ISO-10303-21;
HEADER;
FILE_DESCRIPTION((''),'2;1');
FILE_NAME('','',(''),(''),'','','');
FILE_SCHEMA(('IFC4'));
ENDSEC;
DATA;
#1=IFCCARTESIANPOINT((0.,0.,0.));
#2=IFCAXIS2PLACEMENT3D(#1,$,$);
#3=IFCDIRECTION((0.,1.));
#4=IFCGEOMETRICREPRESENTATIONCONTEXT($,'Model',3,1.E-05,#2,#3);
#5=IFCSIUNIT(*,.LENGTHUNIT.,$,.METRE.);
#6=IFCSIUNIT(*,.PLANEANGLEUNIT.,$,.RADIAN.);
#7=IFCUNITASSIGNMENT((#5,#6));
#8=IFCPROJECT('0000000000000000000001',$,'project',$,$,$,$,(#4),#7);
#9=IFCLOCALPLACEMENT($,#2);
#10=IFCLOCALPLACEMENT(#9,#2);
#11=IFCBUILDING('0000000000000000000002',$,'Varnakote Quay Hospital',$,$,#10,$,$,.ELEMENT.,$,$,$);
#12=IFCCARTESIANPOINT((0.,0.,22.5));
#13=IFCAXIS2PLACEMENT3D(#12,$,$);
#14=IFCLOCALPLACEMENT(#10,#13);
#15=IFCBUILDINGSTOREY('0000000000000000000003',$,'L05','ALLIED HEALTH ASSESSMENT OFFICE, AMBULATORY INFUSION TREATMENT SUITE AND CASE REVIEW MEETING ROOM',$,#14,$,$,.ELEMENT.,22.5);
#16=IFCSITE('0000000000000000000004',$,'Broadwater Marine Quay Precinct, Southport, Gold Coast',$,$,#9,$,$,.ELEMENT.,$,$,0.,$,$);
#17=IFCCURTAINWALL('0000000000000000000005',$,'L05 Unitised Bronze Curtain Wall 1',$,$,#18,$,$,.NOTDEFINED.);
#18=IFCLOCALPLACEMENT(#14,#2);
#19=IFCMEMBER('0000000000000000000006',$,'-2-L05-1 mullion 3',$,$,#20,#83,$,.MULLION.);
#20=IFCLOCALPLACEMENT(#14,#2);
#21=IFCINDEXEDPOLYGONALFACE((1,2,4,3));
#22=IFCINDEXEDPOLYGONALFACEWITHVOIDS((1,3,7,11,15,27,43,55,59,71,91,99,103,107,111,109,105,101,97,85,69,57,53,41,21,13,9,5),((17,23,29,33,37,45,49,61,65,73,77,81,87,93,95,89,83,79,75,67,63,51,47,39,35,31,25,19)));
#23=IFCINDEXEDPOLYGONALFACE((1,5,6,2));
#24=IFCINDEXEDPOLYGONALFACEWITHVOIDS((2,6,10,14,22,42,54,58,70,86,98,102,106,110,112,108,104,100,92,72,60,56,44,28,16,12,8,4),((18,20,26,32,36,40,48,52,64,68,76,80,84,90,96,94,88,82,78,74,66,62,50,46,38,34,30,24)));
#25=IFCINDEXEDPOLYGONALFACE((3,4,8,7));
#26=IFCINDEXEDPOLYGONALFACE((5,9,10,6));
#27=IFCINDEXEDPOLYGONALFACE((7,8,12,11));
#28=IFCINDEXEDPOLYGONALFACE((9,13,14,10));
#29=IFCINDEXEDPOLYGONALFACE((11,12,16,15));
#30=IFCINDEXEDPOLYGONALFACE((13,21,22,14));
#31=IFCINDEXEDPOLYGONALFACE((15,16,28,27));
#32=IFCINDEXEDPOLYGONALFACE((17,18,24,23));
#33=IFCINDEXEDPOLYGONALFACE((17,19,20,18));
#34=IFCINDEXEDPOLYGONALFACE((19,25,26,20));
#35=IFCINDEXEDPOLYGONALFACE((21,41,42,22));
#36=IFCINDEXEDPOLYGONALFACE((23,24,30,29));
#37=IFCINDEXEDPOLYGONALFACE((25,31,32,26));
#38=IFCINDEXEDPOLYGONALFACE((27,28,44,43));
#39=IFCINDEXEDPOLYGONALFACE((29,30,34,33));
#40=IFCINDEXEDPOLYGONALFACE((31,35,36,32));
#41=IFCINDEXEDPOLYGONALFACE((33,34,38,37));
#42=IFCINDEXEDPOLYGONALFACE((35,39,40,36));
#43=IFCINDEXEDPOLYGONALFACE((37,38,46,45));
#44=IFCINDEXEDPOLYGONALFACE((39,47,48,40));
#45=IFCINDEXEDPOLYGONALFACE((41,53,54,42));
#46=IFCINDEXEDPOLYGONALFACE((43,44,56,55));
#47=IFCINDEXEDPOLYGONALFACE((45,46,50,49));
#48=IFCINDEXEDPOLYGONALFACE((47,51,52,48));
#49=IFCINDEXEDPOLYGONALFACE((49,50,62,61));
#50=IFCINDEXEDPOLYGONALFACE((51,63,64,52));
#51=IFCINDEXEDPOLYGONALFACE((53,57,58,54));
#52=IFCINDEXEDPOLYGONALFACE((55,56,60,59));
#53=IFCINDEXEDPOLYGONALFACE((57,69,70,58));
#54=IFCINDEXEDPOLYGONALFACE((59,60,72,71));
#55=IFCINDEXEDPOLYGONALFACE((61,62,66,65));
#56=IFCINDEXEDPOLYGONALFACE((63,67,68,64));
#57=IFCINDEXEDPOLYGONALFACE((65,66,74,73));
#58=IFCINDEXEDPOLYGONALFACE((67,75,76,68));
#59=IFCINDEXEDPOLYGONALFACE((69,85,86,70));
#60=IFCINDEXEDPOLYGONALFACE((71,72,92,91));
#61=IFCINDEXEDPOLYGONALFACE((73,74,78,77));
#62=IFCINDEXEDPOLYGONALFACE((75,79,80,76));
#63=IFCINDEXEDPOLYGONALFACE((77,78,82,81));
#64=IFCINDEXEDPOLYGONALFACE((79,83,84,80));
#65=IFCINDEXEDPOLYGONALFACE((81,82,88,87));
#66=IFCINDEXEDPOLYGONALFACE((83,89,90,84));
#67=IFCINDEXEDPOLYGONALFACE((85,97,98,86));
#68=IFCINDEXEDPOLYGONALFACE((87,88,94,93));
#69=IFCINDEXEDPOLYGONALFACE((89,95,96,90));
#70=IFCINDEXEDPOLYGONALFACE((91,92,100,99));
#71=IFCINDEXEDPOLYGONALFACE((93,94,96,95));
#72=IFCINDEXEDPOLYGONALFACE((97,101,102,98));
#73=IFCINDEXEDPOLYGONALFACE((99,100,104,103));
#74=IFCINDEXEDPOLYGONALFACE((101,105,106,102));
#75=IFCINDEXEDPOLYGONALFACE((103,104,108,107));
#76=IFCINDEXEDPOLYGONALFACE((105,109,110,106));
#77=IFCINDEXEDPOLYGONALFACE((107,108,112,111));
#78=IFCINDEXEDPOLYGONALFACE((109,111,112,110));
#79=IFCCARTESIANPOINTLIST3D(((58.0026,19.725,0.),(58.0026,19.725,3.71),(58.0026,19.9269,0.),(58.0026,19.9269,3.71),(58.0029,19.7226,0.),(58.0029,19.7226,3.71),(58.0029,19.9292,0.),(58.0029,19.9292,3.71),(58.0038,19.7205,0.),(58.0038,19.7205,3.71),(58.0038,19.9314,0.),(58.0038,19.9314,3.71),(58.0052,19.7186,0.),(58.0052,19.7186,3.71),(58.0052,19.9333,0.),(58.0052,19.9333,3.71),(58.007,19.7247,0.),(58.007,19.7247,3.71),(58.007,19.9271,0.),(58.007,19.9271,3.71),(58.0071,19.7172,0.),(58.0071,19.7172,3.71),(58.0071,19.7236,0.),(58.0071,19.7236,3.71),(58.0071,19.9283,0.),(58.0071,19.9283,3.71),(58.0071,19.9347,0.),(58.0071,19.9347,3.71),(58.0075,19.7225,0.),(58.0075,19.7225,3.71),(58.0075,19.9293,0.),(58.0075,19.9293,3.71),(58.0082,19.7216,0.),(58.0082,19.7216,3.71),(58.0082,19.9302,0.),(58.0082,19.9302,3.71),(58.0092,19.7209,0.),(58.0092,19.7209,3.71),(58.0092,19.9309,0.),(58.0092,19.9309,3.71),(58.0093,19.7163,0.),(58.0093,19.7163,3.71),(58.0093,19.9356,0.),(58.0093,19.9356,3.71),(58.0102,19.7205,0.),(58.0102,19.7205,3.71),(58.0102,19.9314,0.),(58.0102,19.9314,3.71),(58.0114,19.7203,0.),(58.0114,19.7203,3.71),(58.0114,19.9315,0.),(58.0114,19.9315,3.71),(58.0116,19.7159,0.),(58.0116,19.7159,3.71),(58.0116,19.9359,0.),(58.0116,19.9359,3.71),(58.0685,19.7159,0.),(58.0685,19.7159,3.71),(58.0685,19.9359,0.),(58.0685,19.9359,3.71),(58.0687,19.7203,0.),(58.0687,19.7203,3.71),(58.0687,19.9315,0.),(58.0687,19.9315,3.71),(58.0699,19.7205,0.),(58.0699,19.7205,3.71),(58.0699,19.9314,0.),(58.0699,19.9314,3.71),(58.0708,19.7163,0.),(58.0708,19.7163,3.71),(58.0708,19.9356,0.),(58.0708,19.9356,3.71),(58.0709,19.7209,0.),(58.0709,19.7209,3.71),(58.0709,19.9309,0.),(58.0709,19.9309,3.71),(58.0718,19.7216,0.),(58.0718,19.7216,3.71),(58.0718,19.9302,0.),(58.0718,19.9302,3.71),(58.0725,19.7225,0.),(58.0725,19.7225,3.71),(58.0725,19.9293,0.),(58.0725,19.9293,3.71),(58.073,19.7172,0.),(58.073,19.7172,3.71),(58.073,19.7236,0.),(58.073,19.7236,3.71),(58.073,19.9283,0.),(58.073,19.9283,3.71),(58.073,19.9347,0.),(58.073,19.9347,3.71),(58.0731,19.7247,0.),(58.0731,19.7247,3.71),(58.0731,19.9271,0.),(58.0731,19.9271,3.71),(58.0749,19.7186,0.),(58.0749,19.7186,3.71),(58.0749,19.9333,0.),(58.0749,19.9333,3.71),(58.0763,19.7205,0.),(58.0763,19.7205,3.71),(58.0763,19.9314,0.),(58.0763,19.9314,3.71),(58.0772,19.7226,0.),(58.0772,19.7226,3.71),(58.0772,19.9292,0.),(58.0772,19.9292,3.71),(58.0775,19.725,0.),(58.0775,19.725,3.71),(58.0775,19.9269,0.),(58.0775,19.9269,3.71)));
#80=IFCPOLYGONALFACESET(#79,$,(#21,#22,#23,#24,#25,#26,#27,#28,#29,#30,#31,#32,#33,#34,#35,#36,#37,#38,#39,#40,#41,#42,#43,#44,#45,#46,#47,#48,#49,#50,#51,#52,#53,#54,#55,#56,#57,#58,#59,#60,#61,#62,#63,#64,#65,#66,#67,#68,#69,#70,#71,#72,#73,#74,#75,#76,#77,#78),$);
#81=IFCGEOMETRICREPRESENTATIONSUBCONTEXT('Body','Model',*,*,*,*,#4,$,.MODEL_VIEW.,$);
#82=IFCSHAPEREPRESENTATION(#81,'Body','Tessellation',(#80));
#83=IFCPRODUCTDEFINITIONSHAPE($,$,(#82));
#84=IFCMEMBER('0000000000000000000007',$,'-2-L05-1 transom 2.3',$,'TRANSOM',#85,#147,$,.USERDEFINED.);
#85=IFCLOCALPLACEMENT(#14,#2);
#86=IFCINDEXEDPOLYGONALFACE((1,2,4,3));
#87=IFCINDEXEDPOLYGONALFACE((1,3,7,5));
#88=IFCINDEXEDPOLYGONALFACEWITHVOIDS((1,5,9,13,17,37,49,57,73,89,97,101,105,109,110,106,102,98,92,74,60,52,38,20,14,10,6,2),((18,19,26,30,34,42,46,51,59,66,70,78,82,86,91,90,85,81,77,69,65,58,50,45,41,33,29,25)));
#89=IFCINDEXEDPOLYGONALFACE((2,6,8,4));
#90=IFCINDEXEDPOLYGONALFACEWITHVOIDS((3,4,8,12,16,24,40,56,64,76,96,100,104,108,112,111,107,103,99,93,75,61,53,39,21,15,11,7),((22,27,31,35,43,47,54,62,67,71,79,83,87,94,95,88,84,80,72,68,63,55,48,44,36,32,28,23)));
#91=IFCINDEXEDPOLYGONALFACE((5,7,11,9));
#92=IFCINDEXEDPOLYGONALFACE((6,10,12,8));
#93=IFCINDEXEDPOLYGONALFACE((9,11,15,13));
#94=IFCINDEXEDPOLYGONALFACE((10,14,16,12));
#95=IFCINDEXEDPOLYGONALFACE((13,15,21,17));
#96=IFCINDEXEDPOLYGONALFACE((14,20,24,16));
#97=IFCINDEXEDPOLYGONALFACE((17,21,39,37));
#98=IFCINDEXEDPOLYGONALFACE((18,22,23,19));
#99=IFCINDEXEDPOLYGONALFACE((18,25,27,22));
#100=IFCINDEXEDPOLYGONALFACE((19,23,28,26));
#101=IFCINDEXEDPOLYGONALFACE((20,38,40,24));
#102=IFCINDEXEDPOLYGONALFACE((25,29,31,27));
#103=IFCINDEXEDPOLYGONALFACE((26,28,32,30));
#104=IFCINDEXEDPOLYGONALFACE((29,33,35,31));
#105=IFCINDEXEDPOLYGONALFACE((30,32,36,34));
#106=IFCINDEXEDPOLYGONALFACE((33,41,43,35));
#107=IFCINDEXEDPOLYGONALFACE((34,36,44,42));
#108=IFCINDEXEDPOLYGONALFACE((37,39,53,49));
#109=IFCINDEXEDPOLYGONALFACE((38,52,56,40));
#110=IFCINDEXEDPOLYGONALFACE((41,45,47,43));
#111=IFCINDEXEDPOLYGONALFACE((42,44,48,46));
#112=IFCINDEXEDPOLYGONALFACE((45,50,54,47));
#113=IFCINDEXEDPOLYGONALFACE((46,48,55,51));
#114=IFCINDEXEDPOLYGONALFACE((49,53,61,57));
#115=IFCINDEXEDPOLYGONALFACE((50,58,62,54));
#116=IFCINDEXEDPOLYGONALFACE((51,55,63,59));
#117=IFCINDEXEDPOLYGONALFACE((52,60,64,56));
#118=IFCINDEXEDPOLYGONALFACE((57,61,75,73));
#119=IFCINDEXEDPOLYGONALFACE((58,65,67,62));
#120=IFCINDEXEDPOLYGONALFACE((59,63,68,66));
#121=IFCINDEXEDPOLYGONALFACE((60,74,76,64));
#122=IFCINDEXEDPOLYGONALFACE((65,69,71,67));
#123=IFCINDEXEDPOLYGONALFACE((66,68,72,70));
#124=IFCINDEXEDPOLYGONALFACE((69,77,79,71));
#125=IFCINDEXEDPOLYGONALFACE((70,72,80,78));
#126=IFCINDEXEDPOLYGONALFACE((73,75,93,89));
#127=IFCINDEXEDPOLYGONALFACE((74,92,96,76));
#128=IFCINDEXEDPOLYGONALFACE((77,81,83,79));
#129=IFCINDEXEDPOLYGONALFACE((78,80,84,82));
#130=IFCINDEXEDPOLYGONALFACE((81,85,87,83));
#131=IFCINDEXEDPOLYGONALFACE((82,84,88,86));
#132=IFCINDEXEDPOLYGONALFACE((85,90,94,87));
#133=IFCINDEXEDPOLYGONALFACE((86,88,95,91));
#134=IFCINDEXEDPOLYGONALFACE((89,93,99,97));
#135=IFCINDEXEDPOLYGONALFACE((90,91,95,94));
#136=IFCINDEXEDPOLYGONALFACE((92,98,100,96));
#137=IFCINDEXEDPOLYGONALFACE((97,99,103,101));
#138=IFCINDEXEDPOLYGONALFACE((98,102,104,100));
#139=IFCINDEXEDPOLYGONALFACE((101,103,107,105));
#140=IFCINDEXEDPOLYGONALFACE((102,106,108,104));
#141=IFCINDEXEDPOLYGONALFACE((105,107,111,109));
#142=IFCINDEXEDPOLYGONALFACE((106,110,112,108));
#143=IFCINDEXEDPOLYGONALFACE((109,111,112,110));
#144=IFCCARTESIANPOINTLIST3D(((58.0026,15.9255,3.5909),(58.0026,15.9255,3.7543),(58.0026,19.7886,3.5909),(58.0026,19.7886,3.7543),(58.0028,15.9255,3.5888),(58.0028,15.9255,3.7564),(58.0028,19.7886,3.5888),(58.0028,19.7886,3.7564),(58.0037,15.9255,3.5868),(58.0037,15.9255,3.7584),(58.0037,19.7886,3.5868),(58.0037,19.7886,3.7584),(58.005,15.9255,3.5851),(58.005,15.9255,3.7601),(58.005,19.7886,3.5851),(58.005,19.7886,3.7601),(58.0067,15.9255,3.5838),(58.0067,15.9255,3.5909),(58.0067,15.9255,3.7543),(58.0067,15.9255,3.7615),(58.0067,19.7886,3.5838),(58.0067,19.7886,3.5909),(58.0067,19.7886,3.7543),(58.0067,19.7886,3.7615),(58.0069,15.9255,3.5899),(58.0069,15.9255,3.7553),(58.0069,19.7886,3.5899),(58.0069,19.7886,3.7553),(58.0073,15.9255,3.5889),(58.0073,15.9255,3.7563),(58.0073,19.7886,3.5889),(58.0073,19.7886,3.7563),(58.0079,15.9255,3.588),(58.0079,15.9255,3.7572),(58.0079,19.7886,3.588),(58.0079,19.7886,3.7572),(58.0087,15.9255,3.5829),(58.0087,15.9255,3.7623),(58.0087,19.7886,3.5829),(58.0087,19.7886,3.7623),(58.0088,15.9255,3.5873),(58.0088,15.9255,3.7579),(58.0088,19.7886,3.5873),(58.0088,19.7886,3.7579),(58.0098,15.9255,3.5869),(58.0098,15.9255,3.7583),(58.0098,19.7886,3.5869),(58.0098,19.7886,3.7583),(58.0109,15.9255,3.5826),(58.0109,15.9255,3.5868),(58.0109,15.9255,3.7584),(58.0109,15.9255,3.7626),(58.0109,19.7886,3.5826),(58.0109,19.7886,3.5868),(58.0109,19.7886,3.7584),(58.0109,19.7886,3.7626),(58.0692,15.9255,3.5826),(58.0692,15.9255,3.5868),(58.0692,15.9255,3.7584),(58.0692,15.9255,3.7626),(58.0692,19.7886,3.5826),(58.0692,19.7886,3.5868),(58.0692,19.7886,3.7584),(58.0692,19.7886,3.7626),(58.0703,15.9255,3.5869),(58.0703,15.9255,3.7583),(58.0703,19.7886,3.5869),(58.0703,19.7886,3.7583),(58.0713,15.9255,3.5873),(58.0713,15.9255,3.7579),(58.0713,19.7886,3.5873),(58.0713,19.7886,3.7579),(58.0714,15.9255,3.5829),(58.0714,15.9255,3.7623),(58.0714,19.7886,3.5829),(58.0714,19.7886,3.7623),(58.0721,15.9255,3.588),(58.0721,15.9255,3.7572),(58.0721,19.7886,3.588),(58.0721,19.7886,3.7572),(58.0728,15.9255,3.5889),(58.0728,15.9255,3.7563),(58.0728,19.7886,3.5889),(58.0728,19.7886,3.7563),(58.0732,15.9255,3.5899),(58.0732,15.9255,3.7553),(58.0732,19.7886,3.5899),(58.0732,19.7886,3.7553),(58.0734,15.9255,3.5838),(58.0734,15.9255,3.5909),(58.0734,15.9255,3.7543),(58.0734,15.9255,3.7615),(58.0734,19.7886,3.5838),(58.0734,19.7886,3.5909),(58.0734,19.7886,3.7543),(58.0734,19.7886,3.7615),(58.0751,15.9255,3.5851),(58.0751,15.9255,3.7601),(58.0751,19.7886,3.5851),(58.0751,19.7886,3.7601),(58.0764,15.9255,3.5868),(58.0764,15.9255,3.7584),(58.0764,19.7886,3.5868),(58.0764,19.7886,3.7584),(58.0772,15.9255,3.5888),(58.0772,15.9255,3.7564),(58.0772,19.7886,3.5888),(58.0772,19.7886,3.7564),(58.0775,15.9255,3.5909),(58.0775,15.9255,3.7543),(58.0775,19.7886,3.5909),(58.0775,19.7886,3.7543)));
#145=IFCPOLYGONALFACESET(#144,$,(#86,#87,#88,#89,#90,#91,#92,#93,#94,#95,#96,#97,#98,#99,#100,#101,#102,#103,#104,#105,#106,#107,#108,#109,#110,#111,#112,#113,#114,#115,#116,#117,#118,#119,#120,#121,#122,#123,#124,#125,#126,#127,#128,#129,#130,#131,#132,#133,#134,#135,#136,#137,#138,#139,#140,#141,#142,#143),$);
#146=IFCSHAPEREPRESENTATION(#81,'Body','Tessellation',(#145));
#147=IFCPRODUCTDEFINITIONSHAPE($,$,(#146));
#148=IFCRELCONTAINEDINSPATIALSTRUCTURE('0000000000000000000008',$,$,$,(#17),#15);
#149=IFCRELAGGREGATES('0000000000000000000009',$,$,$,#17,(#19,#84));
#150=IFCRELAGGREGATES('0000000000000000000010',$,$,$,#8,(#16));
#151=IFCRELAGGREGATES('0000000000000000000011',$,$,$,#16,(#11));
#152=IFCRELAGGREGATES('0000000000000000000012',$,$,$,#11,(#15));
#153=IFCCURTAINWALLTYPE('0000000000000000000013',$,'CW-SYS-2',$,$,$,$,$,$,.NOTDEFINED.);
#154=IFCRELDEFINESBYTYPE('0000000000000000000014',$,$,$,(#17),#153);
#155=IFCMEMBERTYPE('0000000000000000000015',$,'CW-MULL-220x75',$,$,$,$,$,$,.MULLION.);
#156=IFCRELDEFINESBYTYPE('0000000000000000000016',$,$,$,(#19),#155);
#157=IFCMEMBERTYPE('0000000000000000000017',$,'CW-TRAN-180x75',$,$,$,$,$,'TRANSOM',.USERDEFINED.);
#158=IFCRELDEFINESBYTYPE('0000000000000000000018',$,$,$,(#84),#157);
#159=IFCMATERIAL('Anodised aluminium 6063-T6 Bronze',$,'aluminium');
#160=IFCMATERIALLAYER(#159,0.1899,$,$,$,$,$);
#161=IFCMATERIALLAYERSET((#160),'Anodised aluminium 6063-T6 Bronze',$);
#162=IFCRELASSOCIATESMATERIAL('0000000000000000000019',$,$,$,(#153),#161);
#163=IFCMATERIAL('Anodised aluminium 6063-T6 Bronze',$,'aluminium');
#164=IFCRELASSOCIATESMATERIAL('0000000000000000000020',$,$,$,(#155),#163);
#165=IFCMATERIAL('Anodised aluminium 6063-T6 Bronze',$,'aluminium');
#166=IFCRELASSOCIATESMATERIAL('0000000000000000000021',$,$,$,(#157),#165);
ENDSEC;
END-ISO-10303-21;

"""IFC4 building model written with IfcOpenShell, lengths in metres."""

from ifc_helpers import new_model, si_unit, direction, frame, origin, origin_2d, place, context, subcontext, project, spatial, hollow_rectangle, extrude, material, layer, layer_set, material_profile, profile_set, type_object, element, aggregate, save


model = new_model("IFC4")

# Units and contexts
model_context = context("Model", 3, precision=1e-05, world=origin(), true_north=direction((0.0, 1.0)))
body_context = subcontext(model_context, "Body", "Model", "MODEL_VIEW")
ifc_project = project(units=[si_unit("LENGTHUNIT", "METRE"), si_unit("PLANEANGLEUNIT", "RADIAN")], contexts=[model_context])

# Site, building, storey
site_placement = place(None, origin())
site = spatial("IfcSite", under=ifc_project, at=site_placement, Name="Broadwater Marine Quay Precinct, Southport, Gold Coast", CompositionType="ELEMENT", RefElevation=0.0)
building_placement = place(site_placement, origin())
building = spatial("IfcBuilding", under=site, at=building_placement, Name="Varnakote Quay Hospital", CompositionType="ELEMENT")
storey_placement = place(building_placement, frame((0.0, 0.0, 22.5)))
storey = spatial("IfcBuildingStorey", under=building, at=storey_placement, Name="L05", Description="ALLIED HEALTH ASSESSMENT OFFICE, AMBULATORY INFUSION TREATMENT SUITE AND CASE REVIEW MEETING ROOM", CompositionType="ELEMENT", Elevation=22.5)

# Curtain wall, members
ifc_material_1 = material(Name="Anodised aluminium 6063-T6 Bronze", Category="aluminium")
ifc_layer_1 = layer(ifc_material_1, 0.1899)
ifc_layer_set_1 = layer_set([ifc_layer_1], Name="Anodised aluminium 6063-T6 Bronze")
curtain_wall_type = type_object("IfcCurtainWallType", Name="CW-SYS-2", PredefinedType="NOTDEFINED", material=ifc_layer_set_1)
curtain_wall_placement = place(storey_placement, origin())
curtain_wall = element("IfcCurtainWall", 1, at=curtain_wall_placement, inside=storey, type_object=curtain_wall_type, Name="L05 Unitised Bronze Curtain Wall 1", PredefinedType="NOTDEFINED")
ifc_material_2 = material(Name="Anodised aluminium 6063-T6 Bronze", Category="aluminium")
ifc_material_profile_1 = material_profile(ifc_material_2, hollow_rectangle(XDim=0.075, YDim=0.22, WallThickness=0.0044, InnerFilletRadius=0.0044, OuterFilletRadius=0.009, at=origin_2d()), Name="CW-MULL-220x75")
ifc_profile_set_1 = profile_set([ifc_material_profile_1], Name="Anodised aluminium 6063-T6 Bronze")
member_type_1 = type_object("IfcMemberType", Name="CW-MULL-220x75", PredefinedType="MULLION", material=ifc_profile_set_1)
member_1_placement = place(storey_placement, frame((58.04, 19.8259, 0.0), z_axis=(0.0, 0.0, 1.0), x_axis=(-1.0, 0.0, 0.0)))
member_1 = element("IfcMember", 2, at=member_1_placement, type_object=member_type_1, Name="-2-L05-1 mullion 3", PredefinedType="MULLION", context=body_context, shape_type="SweptSolid", body=[
    extrude(hollow_rectangle(XDim=0.075, YDim=0.22, WallThickness=0.0044, InnerFilletRadius=0.0044, OuterFilletRadius=0.009, at=origin_2d()), origin(), (0.0, 0.0, 1.0), 3.71),
])
ifc_material_3 = material(Name="Anodised aluminium 6063-T6 Bronze", Category="aluminium")
ifc_material_profile_2 = material_profile(ifc_material_3, hollow_rectangle(XDim=0.075, YDim=0.1799, WallThickness=0.0042, InnerFilletRadius=0.0042, OuterFilletRadius=0.0083, at=origin_2d()), Name="CW-TRAN-180x75")
ifc_profile_set_2 = profile_set([ifc_material_profile_2], Name="Anodised aluminium 6063-T6 Bronze")
member_type_2 = type_object("IfcMemberType", Name="CW-TRAN-180x75", ElementType="TRANSOM", PredefinedType="USERDEFINED", material=ifc_profile_set_2)
member_2_placement = place(storey_placement, frame((58.04, 15.9255, 3.6726), z_axis=(0.0, 1.0, 0.0), x_axis=(-1.0, 0.0, 0.0)))
member_2 = element("IfcMember", 3, at=member_2_placement, type_object=member_type_2, Name="-2-L05-1 transom 2.3", ObjectType="TRANSOM", PredefinedType="USERDEFINED", context=body_context, shape_type="SweptSolid", body=[
    extrude(hollow_rectangle(XDim=0.075, YDim=0.1799, WallThickness=0.0042, InnerFilletRadius=0.0042, OuterFilletRadius=0.0083, at=origin_2d()), origin(), (0.0, 0.0, 1.0), 3.863),
])
aggregate(curtain_wall, [member_1, member_2])

save(model, "model.ifc")
